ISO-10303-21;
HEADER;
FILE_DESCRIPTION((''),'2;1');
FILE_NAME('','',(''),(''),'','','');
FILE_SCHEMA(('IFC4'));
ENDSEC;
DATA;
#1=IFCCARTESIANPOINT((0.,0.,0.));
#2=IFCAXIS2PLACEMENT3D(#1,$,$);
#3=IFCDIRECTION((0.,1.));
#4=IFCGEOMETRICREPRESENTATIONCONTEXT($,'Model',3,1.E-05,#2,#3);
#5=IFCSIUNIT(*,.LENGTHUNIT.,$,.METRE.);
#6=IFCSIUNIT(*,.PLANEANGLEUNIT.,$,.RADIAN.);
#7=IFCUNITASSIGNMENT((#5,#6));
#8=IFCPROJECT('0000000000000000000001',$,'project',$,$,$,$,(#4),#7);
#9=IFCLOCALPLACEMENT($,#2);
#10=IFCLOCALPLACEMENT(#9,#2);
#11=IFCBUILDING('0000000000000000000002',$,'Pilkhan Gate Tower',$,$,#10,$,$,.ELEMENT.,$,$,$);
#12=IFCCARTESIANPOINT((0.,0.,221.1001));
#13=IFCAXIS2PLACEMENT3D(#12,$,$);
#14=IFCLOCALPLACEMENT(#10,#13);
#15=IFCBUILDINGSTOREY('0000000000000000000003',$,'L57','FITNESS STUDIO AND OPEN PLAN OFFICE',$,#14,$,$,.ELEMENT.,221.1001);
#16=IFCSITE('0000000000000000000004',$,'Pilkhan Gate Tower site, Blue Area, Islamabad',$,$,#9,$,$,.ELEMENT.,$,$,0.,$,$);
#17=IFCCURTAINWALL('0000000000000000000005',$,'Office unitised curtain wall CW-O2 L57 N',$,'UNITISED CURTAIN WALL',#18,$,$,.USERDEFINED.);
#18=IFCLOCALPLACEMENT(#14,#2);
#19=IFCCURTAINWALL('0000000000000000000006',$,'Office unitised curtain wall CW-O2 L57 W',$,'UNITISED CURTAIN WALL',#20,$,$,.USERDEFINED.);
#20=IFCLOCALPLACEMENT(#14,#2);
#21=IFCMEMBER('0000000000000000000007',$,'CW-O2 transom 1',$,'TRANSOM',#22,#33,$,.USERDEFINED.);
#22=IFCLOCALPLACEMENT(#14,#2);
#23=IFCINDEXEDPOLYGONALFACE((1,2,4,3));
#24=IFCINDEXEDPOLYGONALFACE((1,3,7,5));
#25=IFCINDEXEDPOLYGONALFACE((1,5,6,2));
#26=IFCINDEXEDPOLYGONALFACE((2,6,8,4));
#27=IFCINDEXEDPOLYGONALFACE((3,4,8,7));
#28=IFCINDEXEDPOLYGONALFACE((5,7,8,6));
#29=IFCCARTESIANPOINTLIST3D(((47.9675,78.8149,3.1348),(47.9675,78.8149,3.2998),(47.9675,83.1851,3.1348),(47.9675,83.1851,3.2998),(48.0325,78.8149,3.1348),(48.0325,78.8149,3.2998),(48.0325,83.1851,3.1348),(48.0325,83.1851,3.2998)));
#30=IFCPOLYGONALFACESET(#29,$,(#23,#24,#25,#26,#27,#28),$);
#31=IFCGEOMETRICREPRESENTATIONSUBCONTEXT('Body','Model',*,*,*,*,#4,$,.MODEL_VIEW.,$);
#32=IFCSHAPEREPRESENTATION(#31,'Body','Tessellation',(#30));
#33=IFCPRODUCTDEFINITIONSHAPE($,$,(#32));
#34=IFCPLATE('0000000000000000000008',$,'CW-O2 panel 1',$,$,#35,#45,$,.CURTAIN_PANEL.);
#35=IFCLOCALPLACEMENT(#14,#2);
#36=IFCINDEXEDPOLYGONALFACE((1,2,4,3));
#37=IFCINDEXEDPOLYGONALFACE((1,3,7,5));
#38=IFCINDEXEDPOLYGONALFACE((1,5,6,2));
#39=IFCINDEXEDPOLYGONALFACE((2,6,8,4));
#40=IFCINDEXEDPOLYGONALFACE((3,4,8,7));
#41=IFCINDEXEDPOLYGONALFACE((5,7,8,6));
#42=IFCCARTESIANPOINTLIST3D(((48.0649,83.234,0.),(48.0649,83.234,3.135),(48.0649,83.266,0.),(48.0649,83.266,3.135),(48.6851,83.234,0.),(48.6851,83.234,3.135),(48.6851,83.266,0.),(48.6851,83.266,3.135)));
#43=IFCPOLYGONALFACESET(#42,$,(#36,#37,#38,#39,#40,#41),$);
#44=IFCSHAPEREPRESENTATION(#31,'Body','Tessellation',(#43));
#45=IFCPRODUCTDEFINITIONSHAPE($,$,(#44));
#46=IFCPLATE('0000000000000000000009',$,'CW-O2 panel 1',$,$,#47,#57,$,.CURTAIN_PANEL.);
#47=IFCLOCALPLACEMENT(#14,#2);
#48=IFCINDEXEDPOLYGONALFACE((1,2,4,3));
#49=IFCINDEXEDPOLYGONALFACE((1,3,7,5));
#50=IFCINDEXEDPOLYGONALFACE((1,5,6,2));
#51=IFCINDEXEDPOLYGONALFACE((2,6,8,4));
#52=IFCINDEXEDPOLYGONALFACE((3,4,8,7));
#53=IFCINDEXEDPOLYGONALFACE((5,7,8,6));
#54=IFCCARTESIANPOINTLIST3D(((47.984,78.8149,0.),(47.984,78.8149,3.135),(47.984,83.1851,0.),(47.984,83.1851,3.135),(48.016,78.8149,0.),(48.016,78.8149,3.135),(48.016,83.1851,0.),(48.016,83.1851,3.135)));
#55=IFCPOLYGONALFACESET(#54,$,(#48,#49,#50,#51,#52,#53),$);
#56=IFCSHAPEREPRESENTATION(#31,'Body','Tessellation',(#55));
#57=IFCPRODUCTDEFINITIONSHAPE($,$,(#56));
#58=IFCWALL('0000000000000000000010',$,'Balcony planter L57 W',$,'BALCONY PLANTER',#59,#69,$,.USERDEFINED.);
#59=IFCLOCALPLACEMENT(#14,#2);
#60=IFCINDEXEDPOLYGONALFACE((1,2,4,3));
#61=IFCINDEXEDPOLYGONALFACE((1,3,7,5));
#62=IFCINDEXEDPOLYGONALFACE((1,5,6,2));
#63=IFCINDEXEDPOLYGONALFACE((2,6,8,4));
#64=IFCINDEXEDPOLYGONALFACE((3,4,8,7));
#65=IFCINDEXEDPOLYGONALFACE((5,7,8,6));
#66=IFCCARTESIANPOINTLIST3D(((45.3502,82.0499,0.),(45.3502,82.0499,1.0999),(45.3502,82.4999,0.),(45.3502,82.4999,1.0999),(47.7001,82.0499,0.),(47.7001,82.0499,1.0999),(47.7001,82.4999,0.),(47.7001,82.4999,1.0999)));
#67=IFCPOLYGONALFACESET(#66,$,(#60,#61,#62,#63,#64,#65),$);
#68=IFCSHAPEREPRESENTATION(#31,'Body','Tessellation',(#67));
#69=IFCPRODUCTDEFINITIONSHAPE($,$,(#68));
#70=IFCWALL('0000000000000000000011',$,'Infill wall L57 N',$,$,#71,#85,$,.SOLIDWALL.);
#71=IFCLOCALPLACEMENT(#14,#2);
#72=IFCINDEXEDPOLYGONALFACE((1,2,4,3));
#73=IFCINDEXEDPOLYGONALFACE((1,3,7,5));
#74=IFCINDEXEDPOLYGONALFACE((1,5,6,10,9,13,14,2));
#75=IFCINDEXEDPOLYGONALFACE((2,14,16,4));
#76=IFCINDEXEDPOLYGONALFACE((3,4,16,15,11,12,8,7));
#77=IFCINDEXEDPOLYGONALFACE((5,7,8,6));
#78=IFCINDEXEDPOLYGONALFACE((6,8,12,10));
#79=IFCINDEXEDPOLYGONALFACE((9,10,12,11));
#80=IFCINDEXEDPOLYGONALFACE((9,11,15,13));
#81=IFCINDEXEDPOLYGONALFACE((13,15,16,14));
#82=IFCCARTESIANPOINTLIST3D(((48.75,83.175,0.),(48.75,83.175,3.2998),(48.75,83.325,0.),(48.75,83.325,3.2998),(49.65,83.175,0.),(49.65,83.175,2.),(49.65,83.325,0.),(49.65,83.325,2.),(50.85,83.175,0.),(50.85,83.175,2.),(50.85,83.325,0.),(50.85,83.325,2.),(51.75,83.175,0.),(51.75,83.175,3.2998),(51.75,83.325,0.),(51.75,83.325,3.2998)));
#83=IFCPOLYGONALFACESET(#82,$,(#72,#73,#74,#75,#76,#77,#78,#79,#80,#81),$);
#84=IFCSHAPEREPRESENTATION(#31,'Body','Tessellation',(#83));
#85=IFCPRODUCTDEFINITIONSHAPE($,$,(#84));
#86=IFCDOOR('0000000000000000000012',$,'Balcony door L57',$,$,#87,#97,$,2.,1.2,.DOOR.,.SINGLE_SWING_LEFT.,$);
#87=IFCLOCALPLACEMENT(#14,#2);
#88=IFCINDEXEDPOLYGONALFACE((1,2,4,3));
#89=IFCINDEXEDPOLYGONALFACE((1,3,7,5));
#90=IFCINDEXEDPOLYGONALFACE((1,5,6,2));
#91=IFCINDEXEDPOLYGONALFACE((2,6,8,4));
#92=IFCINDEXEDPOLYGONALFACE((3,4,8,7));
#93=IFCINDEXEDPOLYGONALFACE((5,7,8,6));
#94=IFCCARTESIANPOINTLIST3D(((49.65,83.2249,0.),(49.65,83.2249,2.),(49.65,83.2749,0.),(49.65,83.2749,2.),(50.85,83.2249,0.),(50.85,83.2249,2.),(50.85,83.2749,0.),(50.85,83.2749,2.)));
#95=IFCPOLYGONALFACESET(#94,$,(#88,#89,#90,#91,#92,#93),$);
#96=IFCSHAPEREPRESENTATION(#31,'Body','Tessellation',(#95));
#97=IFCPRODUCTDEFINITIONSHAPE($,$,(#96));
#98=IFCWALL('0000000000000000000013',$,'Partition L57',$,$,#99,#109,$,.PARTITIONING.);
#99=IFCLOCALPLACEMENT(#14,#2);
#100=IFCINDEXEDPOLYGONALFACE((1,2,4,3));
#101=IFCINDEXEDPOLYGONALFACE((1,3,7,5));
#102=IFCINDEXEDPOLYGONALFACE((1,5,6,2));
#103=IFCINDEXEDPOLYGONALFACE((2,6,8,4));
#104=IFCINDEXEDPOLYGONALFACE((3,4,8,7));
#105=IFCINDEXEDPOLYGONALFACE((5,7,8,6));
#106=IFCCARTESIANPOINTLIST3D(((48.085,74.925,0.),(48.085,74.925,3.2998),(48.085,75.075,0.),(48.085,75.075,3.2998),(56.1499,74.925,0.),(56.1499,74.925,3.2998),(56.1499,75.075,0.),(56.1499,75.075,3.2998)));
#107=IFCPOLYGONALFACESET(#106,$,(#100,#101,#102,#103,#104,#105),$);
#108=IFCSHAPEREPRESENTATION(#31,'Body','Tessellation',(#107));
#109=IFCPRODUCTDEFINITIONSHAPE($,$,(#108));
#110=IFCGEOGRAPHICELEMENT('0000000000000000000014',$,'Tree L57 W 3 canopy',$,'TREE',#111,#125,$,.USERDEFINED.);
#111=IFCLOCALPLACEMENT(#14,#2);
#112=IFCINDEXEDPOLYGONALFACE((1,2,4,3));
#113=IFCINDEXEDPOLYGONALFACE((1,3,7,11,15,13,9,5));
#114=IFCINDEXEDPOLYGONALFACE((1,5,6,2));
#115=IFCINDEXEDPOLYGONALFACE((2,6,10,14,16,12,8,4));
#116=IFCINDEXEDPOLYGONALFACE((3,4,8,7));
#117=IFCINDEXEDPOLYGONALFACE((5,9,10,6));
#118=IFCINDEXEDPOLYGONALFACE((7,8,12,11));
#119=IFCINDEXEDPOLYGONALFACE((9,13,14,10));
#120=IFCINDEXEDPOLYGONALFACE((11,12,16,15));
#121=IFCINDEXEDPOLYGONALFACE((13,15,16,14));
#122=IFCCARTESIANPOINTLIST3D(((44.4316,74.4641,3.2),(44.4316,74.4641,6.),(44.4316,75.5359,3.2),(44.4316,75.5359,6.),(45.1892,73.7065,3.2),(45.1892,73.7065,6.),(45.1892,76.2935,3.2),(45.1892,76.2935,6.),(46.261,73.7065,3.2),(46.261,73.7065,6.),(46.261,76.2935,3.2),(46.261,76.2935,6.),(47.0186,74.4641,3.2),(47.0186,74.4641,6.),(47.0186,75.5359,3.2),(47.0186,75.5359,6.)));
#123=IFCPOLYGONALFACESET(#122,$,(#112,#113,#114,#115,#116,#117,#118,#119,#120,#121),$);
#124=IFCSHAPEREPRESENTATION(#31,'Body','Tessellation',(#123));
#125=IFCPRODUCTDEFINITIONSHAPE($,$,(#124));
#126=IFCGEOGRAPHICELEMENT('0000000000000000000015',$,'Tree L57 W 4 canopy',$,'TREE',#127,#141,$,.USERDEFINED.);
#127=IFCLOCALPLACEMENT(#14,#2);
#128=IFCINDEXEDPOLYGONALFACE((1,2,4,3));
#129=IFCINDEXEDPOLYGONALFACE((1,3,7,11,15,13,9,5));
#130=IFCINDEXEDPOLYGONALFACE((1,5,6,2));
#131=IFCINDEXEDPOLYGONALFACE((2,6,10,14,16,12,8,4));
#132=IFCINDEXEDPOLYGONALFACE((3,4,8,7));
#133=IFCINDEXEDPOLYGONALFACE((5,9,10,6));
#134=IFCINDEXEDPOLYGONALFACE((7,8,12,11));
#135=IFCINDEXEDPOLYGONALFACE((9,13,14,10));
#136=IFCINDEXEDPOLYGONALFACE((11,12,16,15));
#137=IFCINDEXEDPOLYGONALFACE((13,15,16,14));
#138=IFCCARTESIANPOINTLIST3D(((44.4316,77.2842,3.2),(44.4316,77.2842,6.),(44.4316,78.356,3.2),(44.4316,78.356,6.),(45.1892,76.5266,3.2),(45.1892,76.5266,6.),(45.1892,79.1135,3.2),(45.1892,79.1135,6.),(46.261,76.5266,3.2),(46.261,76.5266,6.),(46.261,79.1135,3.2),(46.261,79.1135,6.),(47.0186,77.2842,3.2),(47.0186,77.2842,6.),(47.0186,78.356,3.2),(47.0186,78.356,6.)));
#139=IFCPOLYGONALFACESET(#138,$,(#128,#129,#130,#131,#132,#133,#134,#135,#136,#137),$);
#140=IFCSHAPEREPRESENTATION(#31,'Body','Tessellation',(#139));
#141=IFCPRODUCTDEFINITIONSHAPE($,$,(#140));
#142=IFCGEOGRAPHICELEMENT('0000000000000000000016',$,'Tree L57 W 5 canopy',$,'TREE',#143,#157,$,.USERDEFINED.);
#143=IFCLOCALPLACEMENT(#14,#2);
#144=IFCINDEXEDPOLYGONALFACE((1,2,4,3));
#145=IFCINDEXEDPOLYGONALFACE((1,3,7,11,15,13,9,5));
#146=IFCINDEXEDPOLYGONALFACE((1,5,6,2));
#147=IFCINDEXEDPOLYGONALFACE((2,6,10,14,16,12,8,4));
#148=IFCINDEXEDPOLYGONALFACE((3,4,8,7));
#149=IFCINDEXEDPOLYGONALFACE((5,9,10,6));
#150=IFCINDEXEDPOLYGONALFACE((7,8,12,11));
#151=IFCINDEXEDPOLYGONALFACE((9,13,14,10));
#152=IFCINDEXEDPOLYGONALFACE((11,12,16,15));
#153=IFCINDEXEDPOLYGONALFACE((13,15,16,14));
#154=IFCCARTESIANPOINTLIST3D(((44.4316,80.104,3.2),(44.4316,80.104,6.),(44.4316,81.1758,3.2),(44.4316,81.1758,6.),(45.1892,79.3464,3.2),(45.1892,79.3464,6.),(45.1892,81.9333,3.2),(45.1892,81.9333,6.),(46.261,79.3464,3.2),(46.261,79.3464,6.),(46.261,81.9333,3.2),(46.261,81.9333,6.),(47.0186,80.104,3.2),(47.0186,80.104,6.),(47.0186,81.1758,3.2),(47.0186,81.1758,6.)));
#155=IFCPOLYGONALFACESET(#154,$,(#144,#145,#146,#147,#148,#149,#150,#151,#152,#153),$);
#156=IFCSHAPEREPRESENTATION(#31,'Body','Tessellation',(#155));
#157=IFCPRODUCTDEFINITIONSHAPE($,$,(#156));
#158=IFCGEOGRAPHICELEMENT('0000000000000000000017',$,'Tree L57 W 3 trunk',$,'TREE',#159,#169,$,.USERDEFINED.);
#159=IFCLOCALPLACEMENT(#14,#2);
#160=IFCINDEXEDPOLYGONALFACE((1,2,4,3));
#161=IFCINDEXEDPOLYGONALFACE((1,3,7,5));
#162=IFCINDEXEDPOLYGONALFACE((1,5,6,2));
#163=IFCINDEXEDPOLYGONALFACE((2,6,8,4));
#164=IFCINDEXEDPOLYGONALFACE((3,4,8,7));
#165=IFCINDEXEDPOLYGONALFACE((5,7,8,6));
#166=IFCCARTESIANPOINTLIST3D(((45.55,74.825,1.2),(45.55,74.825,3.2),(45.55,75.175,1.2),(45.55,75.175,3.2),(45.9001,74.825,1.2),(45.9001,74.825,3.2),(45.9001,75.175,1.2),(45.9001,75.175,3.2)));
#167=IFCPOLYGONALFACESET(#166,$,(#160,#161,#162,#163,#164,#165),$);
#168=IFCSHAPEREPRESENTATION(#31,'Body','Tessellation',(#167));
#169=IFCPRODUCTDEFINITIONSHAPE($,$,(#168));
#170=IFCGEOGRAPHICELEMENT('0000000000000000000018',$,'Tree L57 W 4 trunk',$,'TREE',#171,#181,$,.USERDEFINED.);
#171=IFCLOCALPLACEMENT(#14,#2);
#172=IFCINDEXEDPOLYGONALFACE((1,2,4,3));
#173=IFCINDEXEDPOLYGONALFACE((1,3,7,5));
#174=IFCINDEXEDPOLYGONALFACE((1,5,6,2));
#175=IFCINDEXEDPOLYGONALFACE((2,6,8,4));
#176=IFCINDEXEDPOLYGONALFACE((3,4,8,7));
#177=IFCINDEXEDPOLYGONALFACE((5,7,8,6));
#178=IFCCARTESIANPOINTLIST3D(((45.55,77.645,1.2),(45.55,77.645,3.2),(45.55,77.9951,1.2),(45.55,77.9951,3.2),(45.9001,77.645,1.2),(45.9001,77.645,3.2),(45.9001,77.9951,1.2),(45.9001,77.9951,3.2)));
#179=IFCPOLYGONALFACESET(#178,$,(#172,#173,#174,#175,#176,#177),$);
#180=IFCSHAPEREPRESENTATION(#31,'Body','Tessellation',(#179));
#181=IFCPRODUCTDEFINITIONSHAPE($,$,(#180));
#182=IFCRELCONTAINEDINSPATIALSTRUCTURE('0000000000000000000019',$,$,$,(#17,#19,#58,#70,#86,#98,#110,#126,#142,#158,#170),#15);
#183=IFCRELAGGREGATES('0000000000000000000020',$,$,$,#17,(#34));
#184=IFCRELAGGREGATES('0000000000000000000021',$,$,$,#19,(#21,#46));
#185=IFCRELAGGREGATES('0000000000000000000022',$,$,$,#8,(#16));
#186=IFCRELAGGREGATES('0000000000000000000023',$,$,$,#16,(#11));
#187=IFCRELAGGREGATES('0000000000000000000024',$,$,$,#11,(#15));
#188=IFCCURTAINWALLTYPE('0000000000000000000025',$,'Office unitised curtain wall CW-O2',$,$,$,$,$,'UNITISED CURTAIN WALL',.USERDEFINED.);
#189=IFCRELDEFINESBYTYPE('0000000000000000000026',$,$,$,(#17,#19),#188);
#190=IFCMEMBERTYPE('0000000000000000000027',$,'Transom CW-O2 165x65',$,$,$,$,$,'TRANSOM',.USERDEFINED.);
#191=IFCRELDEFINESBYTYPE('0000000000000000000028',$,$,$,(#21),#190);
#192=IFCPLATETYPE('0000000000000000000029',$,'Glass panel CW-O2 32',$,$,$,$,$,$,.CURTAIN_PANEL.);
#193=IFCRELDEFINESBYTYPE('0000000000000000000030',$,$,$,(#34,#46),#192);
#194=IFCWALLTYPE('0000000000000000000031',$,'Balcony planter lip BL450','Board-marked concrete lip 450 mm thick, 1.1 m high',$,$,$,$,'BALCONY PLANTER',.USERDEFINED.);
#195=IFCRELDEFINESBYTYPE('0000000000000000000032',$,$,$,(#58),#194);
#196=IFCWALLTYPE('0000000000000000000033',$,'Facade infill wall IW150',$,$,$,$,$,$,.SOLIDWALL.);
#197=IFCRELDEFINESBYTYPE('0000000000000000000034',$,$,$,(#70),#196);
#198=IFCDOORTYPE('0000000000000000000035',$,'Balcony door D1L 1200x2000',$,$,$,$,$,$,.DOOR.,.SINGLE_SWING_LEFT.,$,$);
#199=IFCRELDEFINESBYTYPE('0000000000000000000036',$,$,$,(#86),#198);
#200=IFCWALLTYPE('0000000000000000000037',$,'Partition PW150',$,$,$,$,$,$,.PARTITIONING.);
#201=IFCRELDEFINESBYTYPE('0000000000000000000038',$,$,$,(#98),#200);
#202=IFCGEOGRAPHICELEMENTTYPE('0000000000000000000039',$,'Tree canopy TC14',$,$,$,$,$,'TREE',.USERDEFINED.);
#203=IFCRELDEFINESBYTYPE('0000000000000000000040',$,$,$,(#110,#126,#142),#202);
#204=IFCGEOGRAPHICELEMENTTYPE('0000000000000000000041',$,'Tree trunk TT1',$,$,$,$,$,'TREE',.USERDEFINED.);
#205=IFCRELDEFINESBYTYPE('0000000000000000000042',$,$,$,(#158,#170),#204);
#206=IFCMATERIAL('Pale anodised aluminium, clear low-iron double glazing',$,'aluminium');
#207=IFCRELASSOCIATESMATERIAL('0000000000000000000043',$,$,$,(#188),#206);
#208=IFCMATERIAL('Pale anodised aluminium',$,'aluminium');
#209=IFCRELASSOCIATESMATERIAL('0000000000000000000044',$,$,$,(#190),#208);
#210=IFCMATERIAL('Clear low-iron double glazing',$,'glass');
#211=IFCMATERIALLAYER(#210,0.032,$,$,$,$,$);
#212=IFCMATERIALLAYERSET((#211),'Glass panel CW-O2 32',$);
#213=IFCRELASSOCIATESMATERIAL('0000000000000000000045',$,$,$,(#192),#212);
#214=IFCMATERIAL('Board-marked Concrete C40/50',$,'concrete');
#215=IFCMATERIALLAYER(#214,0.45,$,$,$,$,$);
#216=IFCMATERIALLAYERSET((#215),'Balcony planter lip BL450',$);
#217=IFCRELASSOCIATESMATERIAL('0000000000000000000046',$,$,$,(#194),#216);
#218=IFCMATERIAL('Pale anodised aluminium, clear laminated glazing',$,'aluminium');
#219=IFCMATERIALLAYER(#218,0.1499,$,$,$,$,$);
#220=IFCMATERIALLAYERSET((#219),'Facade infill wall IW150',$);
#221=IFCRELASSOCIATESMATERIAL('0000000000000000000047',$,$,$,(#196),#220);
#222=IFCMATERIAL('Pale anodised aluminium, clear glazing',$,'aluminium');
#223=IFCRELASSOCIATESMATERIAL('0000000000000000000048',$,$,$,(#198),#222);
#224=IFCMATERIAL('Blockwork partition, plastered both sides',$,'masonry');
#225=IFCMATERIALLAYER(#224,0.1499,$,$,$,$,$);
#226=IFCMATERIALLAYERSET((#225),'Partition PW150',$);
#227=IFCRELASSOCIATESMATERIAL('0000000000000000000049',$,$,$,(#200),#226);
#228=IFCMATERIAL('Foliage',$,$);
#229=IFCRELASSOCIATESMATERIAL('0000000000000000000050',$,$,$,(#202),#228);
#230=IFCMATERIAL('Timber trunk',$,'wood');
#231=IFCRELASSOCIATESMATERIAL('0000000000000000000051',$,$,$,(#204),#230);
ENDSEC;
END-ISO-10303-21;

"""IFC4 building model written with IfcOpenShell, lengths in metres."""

from ifc_helpers import new_model, si_unit, direction, frame, frame_2d, origin, origin_2d, place, context, subcontext, project, spatial, polyline, rectangle, outline, extrude, material, layer, layer_set, material_profile, profile_set, type_object, element, fill, aggregate, save


model = new_model("IFC4")

# Units and contexts
model_context = context("Model", 3, precision=1e-05, world=origin(), true_north=direction((0.0, 1.0)))
body_context = subcontext(model_context, "Body", "Model", "MODEL_VIEW")
ifc_project = project(units=[si_unit("LENGTHUNIT", "METRE"), si_unit("PLANEANGLEUNIT", "RADIAN")], contexts=[model_context])

# Site, building, storey
site_placement = place(None, origin())
site = spatial("IfcSite", under=ifc_project, at=site_placement, Name="Pilkhan Gate Tower site, Blue Area, Islamabad", CompositionType="ELEMENT", RefElevation=0.0)
building_placement = place(site_placement, origin())
building = spatial("IfcBuilding", under=site, at=building_placement, Name="Pilkhan Gate Tower", CompositionType="ELEMENT")
storey_placement = place(building_placement, frame((0.0, 0.0, 221.1001)))
storey = spatial("IfcBuildingStorey", under=building, at=storey_placement, Name="L57", Description="FITNESS STUDIO AND OPEN PLAN OFFICE", CompositionType="ELEMENT", Elevation=221.1001)

# Shared definitions
ifc_material_1 = material(Name="Pale anodised aluminium, clear low-iron double glazing", Category="aluminium")
curtain_wall_type = type_object("IfcCurtainWallType", Name="Office unitised curtain wall CW-O2", ElementType="UNITISED CURTAIN WALL", PredefinedType="USERDEFINED", material=ifc_material_1)
ifc_material_2 = material(Name="Pale anodised aluminium", Category="aluminium")

# Curtain walls
curtain_wall_1_placement = place(storey_placement, origin())
curtain_wall_1 = element("IfcCurtainWall", 1, at=curtain_wall_1_placement, inside=storey, type_object=curtain_wall_type, Name="Office unitised curtain wall CW-O2 L57 N", ObjectType="UNITISED CURTAIN WALL", PredefinedType="USERDEFINED")
curtain_wall_2_placement = place(storey_placement, origin())
curtain_wall_2 = element("IfcCurtainWall", 2, at=curtain_wall_2_placement, inside=storey, type_object=curtain_wall_type, Name="Office unitised curtain wall CW-O2 L57 W", ObjectType="UNITISED CURTAIN WALL", PredefinedType="USERDEFINED")

# Member
ifc_material_profile_1 = material_profile(ifc_material_2, rectangle(XDim=0.0649, YDim=0.165, at=origin_2d()), Name="Transom 165x65")
ifc_profile_set_1 = profile_set([ifc_material_profile_1], Name="Pale anodised aluminium")
member_type_1 = type_object("IfcMemberType", Name="Transom CW-O2 165x65", ElementType="TRANSOM", PredefinedType="USERDEFINED", material=ifc_profile_set_1)
member_1_placement = place(storey_placement, frame((48.0, 78.8149, 3.2173), z_axis=(0.0, 1.0, 0.0), x_axis=(-1.0, 0.0, 0.0)))
member_1 = element("IfcMember", 3, at=member_1_placement, type_object=member_type_1, Name="CW-O2 transom 1", ObjectType="TRANSOM", PredefinedType="USERDEFINED", context=body_context, shape_type="SweptSolid", body=[
    extrude(rectangle(XDim=0.0649, YDim=0.165, at=origin_2d()), origin(), (0.0, 0.0, 1.0), 4.3701),
])

# Plates
ifc_material_3 = material(Name="Clear low-iron double glazing", Category="glass")
ifc_layer_1 = layer(ifc_material_3, 0.032)
ifc_layer_set_1 = layer_set([ifc_layer_1], Name="Glass panel CW-O2 32")
plate_type = type_object("IfcPlateType", Name="Glass panel CW-O2 32", PredefinedType="CURTAIN_PANEL", material=ifc_layer_set_1)
plate_1_placement = place(storey_placement, frame((48.375, 83.25, 0.0), z_axis=(0.0, 0.0, 1.0), x_axis=(1.0, 0.0, 0.0)))
plate_1 = element("IfcPlate", 4, at=plate_1_placement, type_object=plate_type, Name="CW-O2 panel 1", PredefinedType="CURTAIN_PANEL", context=body_context, shape_type="SweptSolid", body=[
    extrude(rectangle(XDim=0.6201, YDim=0.032, at=origin_2d()), origin(), (0.0, 0.0, 1.0), 3.135),
])
aggregate(curtain_wall_1, [plate_1])
plate_2_placement = place(storey_placement, frame((48.0, 81.0, 0.0), z_axis=(0.0, 0.0, 1.0), x_axis=(0.0, 1.0, 0.0)))
plate_2 = element("IfcPlate", 5, at=plate_2_placement, type_object=plate_type, Name="CW-O2 panel 1", PredefinedType="CURTAIN_PANEL", context=body_context, shape_type="SweptSolid", body=[
    extrude(rectangle(XDim=4.3701, YDim=0.032, at=origin_2d()), origin(), (0.0, 0.0, 1.0), 3.135),
])
aggregate(curtain_wall_2, [member_1, plate_2])

# Wall
ifc_material_4 = material(Name="Board-marked Concrete C40/50", Category="concrete")
ifc_layer_2 = layer(ifc_material_4, 0.45)
ifc_layer_set_2 = layer_set([ifc_layer_2], Name="Balcony planter lip BL450")
wall_type_1 = type_object("IfcWallType", Name="Balcony planter lip BL450", Description="Board-marked concrete lip 450 mm thick, 1.1 m high", ElementType="BALCONY PLANTER", PredefinedType="USERDEFINED", material=ifc_layer_set_2)
wall_1_placement = place(storey_placement, frame((47.7, 82.2749, 0.0), z_axis=(0.0, 0.0, 1.0), x_axis=(-1.0, 0.0, 0.0)))
element("IfcWall", 6, at=wall_1_placement, inside=storey, type_object=wall_type_1, Name="Balcony planter L57 W", ObjectType="BALCONY PLANTER", PredefinedType="USERDEFINED", context=body_context, shape_type="SweptSolid", body=[
    extrude(rectangle(XDim=2.3499, YDim=0.45, at=frame_2d((1.1748, 0.0))), origin(), (0.0, 0.0, 1.0), 1.0999),
])

# Wall, opening, door
ifc_material_5 = material(Name="Pale anodised aluminium, clear laminated glazing", Category="aluminium")
ifc_layer_3 = layer(ifc_material_5, 0.1499)
ifc_layer_set_3 = layer_set([ifc_layer_3], Name="Facade infill wall IW150")
wall_type_2 = type_object("IfcWallType", Name="Facade infill wall IW150", PredefinedType="SOLIDWALL", material=ifc_layer_set_3)
wall_2_placement = place(storey_placement, frame((48.75, 83.25, 0.0), z_axis=(0.0, 0.0, 1.0), x_axis=(1.0, 0.0, 0.0)))
wall_2 = element("IfcWall", 7, at=wall_2_placement, inside=storey, type_object=wall_type_2, Name="Infill wall L57 N", PredefinedType="SOLIDWALL", context=body_context, shape_type="SweptSolid", body=[
    extrude(rectangle(XDim=3.0, YDim=0.1499, at=frame_2d((1.5, 0.0))), origin(), (0.0, 0.0, 1.0), 3.2998),
])
opening_1_placement = place(wall_2_placement, frame((0.8999, 0.0, 0.0)))
opening_1 = element("IfcOpeningElement", 8, at=opening_1_placement, cuts=wall_2, PredefinedType="OPENING", context=body_context, shape_type="SweptSolid", body=[
    extrude(rectangle(XDim=1.2, YDim=2.0, at=frame_2d((0.6001, 1.0))), frame((0.0, 0.085, 0.0), z_axis=(0.0, -1.0, 0.0), x_axis=(1.0, 0.0, 0.0)), (0.0, 0.0, 1.0), 0.1699),
])
ifc_material_6 = material(Name="Pale anodised aluminium, clear glazing", Category="aluminium")
door_type_1 = type_object("IfcDoorType", Name="Balcony door D1L 1200x2000", OperationType="SINGLE_SWING_LEFT", PredefinedType="DOOR", material=ifc_material_6)
door_1_placement = place(opening_1_placement, origin())
door_1 = element("IfcDoor", 9, at=door_1_placement, inside=storey, type_object=door_type_1, Name="Balcony door L57", OperationType="SINGLE_SWING_LEFT", OverallHeight=2.0, OverallWidth=1.2, PredefinedType="DOOR", context=body_context, shape_type="SweptSolid", body=[
    extrude(rectangle(XDim=1.2, YDim=2.0, at=frame_2d((0.6001, 1.0))), frame((0.0, 0.0249, 0.0), z_axis=(0.0, -1.0, 0.0), x_axis=(1.0, 0.0, 0.0)), (0.0, 0.0, 1.0), 0.05),
])
fill(opening_1, door_1)

# Wall
ifc_material_7 = material(Name="Blockwork partition, plastered both sides", Category="masonry")
ifc_layer_4 = layer(ifc_material_7, 0.1499)
ifc_layer_set_4 = layer_set([ifc_layer_4], Name="Partition PW150")
wall_type_3 = type_object("IfcWallType", Name="Partition PW150", PredefinedType="PARTITIONING", material=ifc_layer_set_4)
wall_3_placement = place(storey_placement, frame((48.085, 75.0, 0.0), z_axis=(0.0, 0.0, 1.0), x_axis=(1.0, 0.0, 0.0)))
element("IfcWall", 10, at=wall_3_placement, inside=storey, type_object=wall_type_3, Name="Partition L57", PredefinedType="PARTITIONING", context=body_context, shape_type="SweptSolid", body=[
    extrude(rectangle(XDim=8.0649, YDim=0.1499, at=frame_2d((4.0325, 0.0))), origin(), (0.0, 0.0, 1.0), 3.2998),
])

# Geographic elements
ifc_material_8 = material(Name="Foliage")
ifc_material_profile_2 = material_profile(ifc_material_8, outline(polyline([(1.2935, 0.5359), (0.5359, 1.2935), (-0.5359, 1.2935), (-1.2935, 0.5359), (-1.2935, -0.5359), (-0.5359, -1.2935), (0.5359, -1.2935), (1.2935, -0.5359), (1.2935, 0.5359)])), Name="Canopy D2.8")
ifc_profile_set_2 = profile_set([ifc_material_profile_2], Name="Foliage")
geographic_element_type_1 = type_object("IfcGeographicElementType", Name="Tree canopy TC14", ElementType="TREE", PredefinedType="USERDEFINED", material=ifc_profile_set_2)
for number, where, z_axis, x_axis, name in (
    (11, (45.7251, 75.0, 3.2), (0.0, 0.0, 1.0), (1.0, 0.0, 0.0), "Tree L57 W 3 canopy"),
    (12, (45.7251, 77.8201, 3.2), (0.0, 0.0, 1.0), (1.0, 0.0, 0.0), "Tree L57 W 4 canopy"),
    (13, (45.7251, 80.6399, 3.2), (0.0, 0.0, 1.0), (1.0, 0.0, 0.0), "Tree L57 W 5 canopy"),
):
    element("IfcGeographicElement", number, at=place(storey_placement, frame(where, z_axis=z_axis, x_axis=x_axis)), inside=storey, type_object=geographic_element_type_1, Name=name, ObjectType="TREE", PredefinedType="USERDEFINED", context=body_context, shape_type="SweptSolid", body=[
        extrude(outline(polyline([(1.2935, 0.5359), (0.5359, 1.2935), (-0.5359, 1.2935), (-1.2935, 0.5359), (-1.2935, -0.5359), (-0.5359, -1.2935), (0.5359, -1.2935), (1.2935, -0.5359), (1.2935, 0.5359)])), origin(), (0.0, 0.0, 1.0), 2.8),
    ])
ifc_material_9 = material(Name="Timber trunk", Category="wood")
geographic_element_type_2 = type_object("IfcGeographicElementType", Name="Tree trunk TT1", ElementType="TREE", PredefinedType="USERDEFINED", material=ifc_material_9)
for number, where, z_axis, x_axis, name in (
    (14, (45.7251, 75.0, 1.2), (0.0, 0.0, 1.0), (1.0, 0.0, 0.0), "Tree L57 W 3 trunk"),
    (15, (45.7251, 77.8201, 1.2), (0.0, 0.0, 1.0), (1.0, 0.0, 0.0), "Tree L57 W 4 trunk"),
):
    element("IfcGeographicElement", number, at=place(storey_placement, frame(where, z_axis=z_axis, x_axis=x_axis)), inside=storey, type_object=geographic_element_type_2, Name=name, ObjectType="TREE", PredefinedType="USERDEFINED", context=body_context, shape_type="SweptSolid", body=[
        extrude(rectangle(XDim=0.3501, YDim=0.3501, at=origin_2d()), origin(), (0.0, 0.0, 1.0), 2.0),
    ])

save(model, "model.ifc")
